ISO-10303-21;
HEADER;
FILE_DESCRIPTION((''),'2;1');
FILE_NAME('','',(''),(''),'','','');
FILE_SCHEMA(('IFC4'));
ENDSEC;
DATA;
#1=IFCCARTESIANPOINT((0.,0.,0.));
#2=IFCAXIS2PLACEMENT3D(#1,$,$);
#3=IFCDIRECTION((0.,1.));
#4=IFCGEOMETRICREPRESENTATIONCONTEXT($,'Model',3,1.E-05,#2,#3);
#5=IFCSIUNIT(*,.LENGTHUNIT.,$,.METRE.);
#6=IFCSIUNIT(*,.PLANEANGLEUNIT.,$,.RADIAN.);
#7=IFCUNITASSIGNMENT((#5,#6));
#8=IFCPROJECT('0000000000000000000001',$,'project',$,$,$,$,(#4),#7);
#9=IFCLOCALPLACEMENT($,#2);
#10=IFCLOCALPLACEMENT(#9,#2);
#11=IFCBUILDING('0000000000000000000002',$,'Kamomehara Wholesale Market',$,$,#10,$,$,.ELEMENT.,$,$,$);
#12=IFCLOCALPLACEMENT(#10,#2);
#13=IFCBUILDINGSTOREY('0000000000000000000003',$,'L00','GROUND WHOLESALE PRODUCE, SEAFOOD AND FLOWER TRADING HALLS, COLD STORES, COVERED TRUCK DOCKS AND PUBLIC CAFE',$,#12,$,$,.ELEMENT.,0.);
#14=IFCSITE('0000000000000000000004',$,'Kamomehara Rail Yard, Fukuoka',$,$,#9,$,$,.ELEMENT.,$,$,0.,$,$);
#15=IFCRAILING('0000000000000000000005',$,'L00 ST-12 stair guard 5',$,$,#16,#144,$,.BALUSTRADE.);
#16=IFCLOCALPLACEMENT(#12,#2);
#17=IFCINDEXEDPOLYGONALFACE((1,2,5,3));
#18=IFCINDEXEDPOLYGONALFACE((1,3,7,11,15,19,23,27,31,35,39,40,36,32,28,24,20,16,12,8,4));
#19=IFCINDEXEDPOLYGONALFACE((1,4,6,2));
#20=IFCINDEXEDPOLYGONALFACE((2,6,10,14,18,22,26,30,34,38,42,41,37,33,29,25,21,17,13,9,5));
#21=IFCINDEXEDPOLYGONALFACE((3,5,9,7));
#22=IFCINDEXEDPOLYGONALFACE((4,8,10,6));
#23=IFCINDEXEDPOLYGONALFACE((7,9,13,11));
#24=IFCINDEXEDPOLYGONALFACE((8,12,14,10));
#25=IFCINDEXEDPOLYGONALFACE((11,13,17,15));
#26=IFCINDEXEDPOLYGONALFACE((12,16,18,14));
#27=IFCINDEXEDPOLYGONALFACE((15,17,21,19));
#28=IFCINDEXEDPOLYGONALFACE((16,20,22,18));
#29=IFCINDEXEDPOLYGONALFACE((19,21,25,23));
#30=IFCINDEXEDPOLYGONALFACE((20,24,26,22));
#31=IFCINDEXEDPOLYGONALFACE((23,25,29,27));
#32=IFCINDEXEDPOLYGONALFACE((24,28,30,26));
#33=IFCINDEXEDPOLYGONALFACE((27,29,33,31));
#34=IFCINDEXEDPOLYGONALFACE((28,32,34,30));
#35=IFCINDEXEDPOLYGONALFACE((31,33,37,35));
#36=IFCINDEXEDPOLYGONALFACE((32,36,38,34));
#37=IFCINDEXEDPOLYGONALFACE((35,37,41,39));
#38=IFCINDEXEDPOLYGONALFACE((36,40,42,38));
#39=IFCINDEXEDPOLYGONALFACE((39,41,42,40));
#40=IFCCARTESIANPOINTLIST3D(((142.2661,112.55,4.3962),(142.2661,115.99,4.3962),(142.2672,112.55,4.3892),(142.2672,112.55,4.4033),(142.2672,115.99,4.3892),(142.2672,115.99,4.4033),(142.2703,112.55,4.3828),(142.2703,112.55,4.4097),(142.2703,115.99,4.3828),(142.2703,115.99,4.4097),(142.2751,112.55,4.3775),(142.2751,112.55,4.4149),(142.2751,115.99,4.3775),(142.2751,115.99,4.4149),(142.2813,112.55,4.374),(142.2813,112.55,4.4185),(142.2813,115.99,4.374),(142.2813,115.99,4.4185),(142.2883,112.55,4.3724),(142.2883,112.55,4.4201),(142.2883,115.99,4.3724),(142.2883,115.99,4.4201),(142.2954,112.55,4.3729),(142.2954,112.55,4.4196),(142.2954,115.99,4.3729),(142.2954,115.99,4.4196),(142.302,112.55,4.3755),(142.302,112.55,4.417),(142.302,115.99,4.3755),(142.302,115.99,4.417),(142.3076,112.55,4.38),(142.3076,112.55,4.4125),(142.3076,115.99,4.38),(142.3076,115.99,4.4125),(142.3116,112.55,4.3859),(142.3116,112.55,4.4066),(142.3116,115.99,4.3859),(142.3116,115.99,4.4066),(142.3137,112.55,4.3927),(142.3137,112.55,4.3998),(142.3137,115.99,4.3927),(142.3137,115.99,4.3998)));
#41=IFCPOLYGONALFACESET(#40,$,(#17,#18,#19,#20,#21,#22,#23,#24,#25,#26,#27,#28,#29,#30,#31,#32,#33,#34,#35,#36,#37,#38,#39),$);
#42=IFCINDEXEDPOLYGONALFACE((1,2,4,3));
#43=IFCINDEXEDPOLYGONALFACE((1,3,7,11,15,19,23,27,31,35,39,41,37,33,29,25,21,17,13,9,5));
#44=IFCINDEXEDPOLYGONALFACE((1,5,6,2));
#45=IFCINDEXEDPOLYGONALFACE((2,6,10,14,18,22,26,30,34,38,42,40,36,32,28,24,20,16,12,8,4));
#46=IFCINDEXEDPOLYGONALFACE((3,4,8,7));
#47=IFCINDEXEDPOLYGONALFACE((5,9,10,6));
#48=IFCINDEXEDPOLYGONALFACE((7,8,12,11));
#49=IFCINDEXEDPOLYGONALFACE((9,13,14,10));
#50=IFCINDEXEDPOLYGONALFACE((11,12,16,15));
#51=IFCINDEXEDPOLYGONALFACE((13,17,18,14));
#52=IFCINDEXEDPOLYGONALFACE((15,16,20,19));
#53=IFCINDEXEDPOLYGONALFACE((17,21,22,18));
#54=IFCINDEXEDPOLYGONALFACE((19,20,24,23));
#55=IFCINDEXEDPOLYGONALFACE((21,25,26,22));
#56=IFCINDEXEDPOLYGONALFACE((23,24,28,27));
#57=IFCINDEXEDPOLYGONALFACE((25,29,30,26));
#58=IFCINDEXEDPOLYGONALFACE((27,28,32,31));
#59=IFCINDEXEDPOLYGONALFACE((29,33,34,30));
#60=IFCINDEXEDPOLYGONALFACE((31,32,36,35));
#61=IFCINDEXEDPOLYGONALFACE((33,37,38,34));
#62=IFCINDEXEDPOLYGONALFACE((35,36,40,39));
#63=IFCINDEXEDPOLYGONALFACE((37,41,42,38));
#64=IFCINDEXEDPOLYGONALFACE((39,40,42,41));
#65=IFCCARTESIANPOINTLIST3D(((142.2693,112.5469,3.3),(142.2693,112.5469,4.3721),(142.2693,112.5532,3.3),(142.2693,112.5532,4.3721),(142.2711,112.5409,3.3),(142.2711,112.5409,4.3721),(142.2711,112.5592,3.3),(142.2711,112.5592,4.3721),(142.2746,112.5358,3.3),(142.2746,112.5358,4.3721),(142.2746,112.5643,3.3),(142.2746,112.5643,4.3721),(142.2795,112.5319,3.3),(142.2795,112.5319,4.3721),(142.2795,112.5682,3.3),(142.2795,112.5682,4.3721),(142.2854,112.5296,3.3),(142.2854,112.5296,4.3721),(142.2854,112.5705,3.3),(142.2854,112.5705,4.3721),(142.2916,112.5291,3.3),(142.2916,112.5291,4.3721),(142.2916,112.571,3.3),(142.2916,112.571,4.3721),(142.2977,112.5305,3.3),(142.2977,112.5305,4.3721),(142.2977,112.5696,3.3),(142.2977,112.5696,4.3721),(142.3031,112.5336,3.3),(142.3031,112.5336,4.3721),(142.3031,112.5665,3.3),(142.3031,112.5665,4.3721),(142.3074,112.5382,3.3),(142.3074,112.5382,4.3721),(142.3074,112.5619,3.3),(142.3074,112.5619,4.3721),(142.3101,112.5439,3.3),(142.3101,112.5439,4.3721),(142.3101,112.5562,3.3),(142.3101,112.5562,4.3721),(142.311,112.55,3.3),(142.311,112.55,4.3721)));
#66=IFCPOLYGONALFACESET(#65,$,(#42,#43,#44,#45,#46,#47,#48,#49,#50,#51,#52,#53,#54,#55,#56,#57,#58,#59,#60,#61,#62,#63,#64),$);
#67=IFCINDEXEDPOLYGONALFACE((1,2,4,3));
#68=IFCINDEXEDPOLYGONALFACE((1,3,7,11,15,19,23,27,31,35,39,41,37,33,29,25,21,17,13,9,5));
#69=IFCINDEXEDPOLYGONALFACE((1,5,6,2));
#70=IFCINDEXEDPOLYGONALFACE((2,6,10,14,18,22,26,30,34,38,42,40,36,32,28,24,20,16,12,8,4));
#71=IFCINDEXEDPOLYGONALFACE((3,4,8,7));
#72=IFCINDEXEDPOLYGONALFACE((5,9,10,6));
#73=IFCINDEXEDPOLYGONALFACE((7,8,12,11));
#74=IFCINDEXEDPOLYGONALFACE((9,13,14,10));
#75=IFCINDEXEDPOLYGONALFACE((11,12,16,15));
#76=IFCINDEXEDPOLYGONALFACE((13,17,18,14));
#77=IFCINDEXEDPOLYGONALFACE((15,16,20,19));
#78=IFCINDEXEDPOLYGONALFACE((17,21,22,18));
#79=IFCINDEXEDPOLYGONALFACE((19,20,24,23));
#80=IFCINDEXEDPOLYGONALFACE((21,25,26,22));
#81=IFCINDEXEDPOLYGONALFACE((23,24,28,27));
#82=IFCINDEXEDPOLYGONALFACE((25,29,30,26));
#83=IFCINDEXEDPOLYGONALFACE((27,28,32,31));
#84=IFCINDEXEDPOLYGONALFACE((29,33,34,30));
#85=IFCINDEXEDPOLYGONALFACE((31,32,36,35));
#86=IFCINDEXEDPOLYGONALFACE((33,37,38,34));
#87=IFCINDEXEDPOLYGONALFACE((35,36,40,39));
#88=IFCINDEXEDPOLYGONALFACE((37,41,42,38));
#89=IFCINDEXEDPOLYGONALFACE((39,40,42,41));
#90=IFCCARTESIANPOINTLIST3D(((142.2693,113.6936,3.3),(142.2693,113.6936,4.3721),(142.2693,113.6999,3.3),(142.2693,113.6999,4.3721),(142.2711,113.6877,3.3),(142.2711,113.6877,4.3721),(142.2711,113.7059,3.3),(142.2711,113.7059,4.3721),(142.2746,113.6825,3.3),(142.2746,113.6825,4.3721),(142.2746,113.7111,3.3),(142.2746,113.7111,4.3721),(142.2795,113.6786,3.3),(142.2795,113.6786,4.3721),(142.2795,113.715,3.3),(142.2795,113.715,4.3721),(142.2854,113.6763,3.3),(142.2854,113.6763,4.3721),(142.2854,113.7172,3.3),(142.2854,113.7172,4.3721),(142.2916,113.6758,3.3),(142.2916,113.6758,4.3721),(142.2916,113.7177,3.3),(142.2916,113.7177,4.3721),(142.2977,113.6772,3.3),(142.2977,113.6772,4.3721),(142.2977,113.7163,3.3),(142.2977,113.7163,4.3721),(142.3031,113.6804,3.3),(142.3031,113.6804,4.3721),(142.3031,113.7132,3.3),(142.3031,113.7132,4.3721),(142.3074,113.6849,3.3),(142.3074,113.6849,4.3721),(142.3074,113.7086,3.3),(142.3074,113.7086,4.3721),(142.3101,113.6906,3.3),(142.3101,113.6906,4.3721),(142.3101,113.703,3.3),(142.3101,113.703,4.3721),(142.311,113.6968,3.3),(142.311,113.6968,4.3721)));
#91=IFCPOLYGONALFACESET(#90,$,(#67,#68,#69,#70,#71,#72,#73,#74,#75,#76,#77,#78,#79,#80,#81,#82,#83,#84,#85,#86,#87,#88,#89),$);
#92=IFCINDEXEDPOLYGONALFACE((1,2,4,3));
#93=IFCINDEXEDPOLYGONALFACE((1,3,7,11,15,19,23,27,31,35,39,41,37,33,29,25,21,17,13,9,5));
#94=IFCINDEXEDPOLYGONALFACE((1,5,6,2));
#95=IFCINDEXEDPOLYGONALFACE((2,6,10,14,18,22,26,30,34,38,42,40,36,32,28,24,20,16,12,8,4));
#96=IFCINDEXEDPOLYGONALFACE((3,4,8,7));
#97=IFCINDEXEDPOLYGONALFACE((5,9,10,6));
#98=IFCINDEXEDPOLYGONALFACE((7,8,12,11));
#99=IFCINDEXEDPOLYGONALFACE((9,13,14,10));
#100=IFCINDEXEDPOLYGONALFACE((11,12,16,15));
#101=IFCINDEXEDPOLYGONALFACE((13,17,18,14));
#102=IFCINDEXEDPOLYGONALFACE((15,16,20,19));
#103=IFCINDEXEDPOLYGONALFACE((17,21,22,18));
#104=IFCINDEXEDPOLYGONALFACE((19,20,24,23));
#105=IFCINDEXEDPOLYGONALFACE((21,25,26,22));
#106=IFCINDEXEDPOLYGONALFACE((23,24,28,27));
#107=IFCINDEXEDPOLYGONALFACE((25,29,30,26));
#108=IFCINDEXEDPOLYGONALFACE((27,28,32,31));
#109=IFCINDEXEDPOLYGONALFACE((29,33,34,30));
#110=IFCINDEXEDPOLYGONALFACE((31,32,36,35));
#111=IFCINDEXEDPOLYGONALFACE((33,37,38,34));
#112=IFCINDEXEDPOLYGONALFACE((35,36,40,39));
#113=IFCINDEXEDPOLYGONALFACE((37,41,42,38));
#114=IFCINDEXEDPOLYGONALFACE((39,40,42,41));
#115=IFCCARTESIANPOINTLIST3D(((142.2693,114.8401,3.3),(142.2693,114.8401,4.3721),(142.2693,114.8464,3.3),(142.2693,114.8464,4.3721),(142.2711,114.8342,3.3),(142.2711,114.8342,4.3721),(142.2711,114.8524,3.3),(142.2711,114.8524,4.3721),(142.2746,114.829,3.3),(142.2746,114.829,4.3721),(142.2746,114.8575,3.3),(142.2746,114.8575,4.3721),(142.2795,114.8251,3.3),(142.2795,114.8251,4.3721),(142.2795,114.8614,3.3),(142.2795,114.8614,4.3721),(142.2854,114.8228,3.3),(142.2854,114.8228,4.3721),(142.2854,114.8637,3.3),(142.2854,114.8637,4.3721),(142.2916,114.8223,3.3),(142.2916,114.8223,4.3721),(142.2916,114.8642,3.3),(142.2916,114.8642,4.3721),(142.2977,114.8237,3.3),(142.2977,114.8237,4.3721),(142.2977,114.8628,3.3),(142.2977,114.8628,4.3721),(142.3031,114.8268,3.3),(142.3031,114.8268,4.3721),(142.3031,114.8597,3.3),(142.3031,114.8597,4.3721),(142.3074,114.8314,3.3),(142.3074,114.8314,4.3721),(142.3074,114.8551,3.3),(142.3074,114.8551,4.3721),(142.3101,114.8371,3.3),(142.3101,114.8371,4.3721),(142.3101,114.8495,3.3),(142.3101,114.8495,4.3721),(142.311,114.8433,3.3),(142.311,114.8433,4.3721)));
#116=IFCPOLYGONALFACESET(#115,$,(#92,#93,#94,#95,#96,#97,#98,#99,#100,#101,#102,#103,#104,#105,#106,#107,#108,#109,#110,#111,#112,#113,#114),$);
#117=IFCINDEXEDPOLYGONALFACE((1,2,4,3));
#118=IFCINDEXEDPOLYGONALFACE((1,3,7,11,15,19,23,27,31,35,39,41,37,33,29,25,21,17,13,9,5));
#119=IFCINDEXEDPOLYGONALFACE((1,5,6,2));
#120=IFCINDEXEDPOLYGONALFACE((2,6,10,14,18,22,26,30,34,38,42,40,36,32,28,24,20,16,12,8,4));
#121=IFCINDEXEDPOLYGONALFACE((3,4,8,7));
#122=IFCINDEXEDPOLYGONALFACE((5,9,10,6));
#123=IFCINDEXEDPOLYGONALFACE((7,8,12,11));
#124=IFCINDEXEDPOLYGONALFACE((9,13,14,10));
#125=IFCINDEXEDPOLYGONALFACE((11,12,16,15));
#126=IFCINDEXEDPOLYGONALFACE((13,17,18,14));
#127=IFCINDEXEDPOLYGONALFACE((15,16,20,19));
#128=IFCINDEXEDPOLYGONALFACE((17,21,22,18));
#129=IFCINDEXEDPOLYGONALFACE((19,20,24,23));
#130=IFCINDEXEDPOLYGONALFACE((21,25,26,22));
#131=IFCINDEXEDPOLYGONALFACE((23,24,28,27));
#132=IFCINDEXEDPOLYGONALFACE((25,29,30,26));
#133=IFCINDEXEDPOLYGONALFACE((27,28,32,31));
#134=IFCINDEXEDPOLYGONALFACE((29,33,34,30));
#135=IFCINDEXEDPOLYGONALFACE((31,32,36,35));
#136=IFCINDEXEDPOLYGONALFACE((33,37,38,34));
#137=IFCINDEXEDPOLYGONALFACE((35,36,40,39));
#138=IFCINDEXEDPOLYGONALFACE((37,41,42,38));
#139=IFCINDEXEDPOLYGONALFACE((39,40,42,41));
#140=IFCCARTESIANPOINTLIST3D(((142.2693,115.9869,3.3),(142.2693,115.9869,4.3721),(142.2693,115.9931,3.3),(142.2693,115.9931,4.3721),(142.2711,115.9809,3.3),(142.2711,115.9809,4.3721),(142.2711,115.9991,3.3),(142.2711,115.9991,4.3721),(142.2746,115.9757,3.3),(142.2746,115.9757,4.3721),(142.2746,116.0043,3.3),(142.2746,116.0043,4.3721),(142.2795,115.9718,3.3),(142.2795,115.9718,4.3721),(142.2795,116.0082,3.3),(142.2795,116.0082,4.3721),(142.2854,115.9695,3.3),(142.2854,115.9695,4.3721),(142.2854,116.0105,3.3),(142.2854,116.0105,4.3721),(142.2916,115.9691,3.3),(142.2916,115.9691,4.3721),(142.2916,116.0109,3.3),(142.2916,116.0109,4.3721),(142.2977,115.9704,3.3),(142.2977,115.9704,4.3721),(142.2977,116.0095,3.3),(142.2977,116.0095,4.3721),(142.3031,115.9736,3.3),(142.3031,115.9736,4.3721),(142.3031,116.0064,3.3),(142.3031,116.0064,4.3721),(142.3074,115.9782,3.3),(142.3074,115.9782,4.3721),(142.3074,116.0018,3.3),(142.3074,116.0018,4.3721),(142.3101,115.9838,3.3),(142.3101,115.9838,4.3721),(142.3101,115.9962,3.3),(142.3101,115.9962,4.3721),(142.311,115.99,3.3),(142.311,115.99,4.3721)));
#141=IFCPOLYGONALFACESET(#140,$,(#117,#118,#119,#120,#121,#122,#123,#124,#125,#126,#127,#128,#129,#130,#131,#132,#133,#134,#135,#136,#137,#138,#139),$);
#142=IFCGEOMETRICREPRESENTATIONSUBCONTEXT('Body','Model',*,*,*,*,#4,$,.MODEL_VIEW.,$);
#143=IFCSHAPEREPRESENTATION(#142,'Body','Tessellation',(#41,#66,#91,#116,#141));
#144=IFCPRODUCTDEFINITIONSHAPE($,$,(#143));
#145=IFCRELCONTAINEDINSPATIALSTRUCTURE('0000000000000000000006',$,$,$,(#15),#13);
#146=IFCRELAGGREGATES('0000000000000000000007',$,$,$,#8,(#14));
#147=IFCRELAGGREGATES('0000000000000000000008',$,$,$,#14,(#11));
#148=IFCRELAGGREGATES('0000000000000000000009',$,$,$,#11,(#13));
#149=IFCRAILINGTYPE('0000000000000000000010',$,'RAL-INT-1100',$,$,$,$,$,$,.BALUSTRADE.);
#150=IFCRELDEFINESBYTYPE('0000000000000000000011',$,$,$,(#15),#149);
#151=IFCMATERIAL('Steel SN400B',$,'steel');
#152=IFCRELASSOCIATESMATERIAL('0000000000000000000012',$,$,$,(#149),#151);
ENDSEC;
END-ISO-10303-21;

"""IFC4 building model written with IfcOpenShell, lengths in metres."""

from ifc_helpers import new_model, si_unit, direction, frame, origin, origin_2d, place, context, subcontext, project, spatial, circle, extrude, material, type_object, element, save


model = new_model("IFC4")

# Units and contexts
model_context = context("Model", 3, precision=1e-05, world=origin(), true_north=direction((0.0, 1.0)))
body_context = subcontext(model_context, "Body", "Model", "MODEL_VIEW")
ifc_project = project(units=[si_unit("LENGTHUNIT", "METRE"), si_unit("PLANEANGLEUNIT", "RADIAN")], contexts=[model_context])

# Site, building, storey
site_placement = place(None, origin())
site = spatial("IfcSite", under=ifc_project, at=site_placement, Name="Kamomehara Rail Yard, Fukuoka", CompositionType="ELEMENT", RefElevation=0.0)
building_placement = place(site_placement, origin())
building = spatial("IfcBuilding", under=site, at=building_placement, Name="Kamomehara Wholesale Market", CompositionType="ELEMENT")
storey_placement = place(building_placement, origin())
storey = spatial("IfcBuildingStorey", under=building, at=storey_placement, Name="L00", Description="GROUND WHOLESALE PRODUCE, SEAFOOD AND FLOWER TRADING HALLS, COLD STORES, COVERED TRUCK DOCKS AND PUBLIC CAFE", CompositionType="ELEMENT", Elevation=0.0)

# Railing
ifc_material_1 = material(Name="Steel SN400B", Category="steel")
railing_type = type_object("IfcRailingType", Name="RAL-INT-1100", PredefinedType="BALUSTRADE", material=ifc_material_1)
railing_1_placement = place(storey_placement, frame((142.29, 112.55, 3.3)))
element("IfcRailing", 1, at=railing_1_placement, inside=storey, type_object=railing_type, Name="L00 ST-12 stair guard 5", PredefinedType="BALUSTRADE", context=body_context, shape_type="SweptSolid", body=[
    extrude(circle(Radius=0.0239, at=origin_2d()), frame((0.0, 0.0, 1.0962), z_axis=(0.0, 1.0, 0.0), x_axis=(-1.0, 0.0, 0.0)), (0.0, 0.0, 1.0), 3.4399),
    extrude(circle(Radius=0.021, at=origin_2d()), origin(), (0.0, 0.0, 1.0), 1.072),
    extrude(circle(Radius=0.021, at=origin_2d()), frame((0.0, 1.1467, 0.0)), (0.0, 0.0, 1.0), 1.072),
    extrude(circle(Radius=0.021, at=origin_2d()), frame((0.0, 2.2932, 0.0)), (0.0, 0.0, 1.0), 1.072),
    extrude(circle(Radius=0.021, at=origin_2d()), frame((0.0, 3.4399, 0.0)), (0.0, 0.0, 1.0), 1.072),
])

save(model, "model.ifc")
